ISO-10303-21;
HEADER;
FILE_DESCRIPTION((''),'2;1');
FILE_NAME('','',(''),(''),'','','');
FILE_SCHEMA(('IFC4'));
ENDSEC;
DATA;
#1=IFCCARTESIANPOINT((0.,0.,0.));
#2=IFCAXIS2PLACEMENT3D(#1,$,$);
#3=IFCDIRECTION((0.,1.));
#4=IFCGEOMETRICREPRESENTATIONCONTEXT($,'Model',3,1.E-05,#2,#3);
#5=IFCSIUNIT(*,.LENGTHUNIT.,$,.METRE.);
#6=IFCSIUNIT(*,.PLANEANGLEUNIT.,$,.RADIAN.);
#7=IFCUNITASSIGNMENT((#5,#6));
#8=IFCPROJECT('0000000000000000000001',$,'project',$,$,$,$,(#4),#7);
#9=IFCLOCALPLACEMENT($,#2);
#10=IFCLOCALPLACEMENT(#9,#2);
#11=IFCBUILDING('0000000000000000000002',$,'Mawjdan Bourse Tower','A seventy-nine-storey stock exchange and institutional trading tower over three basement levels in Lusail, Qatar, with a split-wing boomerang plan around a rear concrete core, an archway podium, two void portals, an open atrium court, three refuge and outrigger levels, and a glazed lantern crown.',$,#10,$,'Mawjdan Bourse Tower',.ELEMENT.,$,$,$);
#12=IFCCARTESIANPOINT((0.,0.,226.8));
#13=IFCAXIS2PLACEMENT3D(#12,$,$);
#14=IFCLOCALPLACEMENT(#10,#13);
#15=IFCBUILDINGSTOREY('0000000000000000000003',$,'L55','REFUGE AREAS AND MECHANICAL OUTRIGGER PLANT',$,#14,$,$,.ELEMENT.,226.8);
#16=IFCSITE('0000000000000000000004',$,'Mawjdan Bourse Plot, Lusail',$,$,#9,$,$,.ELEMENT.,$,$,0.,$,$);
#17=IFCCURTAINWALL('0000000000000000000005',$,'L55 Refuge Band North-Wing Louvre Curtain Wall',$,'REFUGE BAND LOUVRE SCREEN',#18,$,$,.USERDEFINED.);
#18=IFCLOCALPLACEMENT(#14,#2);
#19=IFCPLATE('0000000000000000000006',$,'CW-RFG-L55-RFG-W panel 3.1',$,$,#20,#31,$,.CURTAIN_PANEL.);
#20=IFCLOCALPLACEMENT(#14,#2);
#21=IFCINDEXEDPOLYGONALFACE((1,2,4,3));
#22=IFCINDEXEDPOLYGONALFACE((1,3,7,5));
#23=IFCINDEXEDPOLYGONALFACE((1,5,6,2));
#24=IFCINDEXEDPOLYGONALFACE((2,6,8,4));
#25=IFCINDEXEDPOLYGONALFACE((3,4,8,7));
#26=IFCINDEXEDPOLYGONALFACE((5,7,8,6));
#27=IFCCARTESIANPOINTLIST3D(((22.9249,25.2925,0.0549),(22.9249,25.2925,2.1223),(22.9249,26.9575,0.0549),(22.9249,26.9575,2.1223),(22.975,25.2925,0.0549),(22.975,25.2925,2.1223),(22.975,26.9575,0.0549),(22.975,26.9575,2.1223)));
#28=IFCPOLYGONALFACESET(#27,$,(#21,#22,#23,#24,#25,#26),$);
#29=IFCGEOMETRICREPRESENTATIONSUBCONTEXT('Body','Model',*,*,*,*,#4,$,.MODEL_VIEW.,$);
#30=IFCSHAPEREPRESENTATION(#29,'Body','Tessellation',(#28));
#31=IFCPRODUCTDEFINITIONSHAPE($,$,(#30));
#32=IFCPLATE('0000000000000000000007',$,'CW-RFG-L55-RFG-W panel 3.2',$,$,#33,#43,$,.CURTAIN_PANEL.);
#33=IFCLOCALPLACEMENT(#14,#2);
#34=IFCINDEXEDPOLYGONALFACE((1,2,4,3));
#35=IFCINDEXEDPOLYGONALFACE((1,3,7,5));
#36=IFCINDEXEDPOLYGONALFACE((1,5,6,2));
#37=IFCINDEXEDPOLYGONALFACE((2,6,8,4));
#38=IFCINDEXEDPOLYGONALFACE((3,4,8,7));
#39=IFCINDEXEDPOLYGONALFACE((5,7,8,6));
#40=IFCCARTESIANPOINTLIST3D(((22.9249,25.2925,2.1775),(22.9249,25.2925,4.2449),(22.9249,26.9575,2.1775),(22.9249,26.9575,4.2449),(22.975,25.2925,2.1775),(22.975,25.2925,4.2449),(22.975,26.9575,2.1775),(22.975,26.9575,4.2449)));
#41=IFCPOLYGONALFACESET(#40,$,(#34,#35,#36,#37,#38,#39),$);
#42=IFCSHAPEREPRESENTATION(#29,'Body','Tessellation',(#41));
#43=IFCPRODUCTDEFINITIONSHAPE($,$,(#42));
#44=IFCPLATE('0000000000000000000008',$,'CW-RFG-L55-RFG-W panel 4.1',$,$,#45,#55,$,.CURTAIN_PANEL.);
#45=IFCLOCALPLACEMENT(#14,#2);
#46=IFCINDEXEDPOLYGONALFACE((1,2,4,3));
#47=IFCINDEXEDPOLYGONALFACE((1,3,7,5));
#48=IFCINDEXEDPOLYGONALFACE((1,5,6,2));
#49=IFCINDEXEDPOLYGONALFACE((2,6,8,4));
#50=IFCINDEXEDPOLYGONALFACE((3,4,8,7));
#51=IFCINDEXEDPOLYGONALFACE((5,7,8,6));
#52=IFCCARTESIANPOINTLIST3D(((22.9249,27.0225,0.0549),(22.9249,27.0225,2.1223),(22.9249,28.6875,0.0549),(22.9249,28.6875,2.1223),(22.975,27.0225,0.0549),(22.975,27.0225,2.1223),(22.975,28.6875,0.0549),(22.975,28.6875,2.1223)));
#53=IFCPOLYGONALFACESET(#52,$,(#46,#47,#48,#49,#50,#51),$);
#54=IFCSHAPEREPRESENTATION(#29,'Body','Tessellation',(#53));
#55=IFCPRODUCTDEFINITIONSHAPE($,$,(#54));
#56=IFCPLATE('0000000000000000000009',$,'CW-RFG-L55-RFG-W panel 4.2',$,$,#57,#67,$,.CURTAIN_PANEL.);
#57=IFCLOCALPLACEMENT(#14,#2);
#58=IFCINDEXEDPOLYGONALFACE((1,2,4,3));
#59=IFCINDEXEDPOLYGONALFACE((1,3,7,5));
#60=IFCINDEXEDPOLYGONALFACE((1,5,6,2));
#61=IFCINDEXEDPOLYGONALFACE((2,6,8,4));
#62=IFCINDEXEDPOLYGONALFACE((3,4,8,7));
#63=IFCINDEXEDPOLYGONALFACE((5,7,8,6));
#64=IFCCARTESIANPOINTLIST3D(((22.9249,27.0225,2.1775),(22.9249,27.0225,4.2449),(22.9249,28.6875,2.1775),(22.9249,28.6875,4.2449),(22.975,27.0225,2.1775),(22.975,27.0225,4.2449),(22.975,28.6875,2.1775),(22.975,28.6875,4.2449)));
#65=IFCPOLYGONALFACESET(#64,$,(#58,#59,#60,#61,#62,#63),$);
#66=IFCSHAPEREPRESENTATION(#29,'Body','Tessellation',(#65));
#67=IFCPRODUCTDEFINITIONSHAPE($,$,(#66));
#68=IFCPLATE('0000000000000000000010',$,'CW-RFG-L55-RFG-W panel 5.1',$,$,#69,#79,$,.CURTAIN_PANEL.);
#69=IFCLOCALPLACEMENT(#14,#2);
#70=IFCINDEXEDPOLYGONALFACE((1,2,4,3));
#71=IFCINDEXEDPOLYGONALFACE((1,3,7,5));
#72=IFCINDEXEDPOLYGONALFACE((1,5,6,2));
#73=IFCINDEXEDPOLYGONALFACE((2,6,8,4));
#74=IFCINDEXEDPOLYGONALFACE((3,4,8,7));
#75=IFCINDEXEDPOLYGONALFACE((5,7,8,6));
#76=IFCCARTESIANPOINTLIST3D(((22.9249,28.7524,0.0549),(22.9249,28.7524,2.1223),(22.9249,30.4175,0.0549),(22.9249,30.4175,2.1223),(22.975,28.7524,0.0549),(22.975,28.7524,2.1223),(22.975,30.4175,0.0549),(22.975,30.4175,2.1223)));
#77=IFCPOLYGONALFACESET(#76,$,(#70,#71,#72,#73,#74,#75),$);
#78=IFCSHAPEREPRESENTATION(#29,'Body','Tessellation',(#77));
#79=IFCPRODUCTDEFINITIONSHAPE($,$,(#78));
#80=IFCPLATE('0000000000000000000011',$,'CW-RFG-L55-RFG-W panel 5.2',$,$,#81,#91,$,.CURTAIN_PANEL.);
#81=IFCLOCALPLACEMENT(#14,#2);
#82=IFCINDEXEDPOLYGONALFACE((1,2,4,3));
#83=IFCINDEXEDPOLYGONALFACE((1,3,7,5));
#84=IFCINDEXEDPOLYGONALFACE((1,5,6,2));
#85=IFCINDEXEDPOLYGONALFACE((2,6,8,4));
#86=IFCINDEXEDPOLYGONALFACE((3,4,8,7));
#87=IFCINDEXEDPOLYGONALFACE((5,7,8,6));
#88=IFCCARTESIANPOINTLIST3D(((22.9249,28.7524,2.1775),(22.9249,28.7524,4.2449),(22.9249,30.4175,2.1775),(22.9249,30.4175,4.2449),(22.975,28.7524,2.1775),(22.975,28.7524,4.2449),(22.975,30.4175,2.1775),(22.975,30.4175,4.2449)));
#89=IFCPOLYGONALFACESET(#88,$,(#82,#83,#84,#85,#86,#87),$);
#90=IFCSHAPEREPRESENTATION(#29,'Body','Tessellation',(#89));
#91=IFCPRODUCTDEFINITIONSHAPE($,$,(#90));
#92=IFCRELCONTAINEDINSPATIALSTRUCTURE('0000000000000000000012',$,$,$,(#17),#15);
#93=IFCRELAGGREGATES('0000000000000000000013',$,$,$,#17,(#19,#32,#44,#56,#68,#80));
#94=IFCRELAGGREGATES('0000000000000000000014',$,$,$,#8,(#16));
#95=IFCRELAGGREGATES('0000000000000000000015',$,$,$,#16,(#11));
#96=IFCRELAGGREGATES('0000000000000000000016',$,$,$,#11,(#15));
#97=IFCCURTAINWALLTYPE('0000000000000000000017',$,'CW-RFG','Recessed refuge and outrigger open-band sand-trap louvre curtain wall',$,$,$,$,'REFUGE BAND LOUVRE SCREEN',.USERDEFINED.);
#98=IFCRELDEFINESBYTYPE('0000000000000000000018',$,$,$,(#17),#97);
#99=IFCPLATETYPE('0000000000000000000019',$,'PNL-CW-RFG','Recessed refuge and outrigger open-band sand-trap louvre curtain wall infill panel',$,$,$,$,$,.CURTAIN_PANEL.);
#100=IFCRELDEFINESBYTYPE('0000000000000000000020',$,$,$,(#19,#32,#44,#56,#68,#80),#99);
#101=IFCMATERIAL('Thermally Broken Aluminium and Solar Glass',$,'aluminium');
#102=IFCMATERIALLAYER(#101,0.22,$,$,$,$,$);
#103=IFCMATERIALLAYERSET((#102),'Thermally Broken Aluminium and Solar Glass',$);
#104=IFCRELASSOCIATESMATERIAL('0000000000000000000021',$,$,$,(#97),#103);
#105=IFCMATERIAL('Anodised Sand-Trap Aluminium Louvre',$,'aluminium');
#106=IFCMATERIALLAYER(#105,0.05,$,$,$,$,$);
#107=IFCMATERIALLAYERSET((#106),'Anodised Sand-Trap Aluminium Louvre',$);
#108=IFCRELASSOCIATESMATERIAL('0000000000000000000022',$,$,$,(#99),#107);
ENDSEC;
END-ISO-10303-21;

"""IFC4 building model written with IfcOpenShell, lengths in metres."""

from ifc_helpers import new_model, si_unit, direction, frame, origin, origin_2d, place, context, subcontext, project, spatial, rectangle, extrude, material, layer, layer_set, type_object, element, aggregate, save


model = new_model("IFC4")

# Units and contexts
model_context = context("Model", 3, precision=1e-05, world=origin(), true_north=direction((0.0, 1.0)))
body_context = subcontext(model_context, "Body", "Model", "MODEL_VIEW")
ifc_project = project(units=[si_unit("LENGTHUNIT", "METRE"), si_unit("PLANEANGLEUNIT", "RADIAN")], contexts=[model_context])

# Site, building, storey
site_placement = place(None, origin())
site = spatial("IfcSite", under=ifc_project, at=site_placement, Name="Mawjdan Bourse Plot, Lusail", CompositionType="ELEMENT", RefElevation=0.0)
building_placement = place(site_placement, origin())
building = spatial("IfcBuilding", under=site, at=building_placement, Name="Mawjdan Bourse Tower", Description="A seventy-nine-storey stock exchange and institutional trading tower over three basement levels in Lusail, Qatar, with a split-wing boomerang plan around a rear concrete core, an archway podium, two void portals, an open atrium court, three refuge and outrigger levels, and a glazed lantern crown.", LongName="Mawjdan Bourse Tower", CompositionType="ELEMENT")
storey_placement = place(building_placement, frame((0.0, 0.0, 226.8)))
storey = spatial("IfcBuildingStorey", under=building, at=storey_placement, Name="L55", Description="REFUGE AREAS AND MECHANICAL OUTRIGGER PLANT", CompositionType="ELEMENT", Elevation=226.8)

# Curtain wall
ifc_material_1 = material(Name="Thermally Broken Aluminium and Solar Glass", Category="aluminium")
ifc_layer_1 = layer(ifc_material_1, 0.22)
ifc_layer_set_1 = layer_set([ifc_layer_1], Name="Thermally Broken Aluminium and Solar Glass")
curtain_wall_type = type_object("IfcCurtainWallType", Name="CW-RFG", Description="Recessed refuge and outrigger open-band sand-trap louvre curtain wall", ElementType="REFUGE BAND LOUVRE SCREEN", PredefinedType="USERDEFINED", material=ifc_layer_set_1)
curtain_wall_placement = place(storey_placement, origin())
curtain_wall = element("IfcCurtainWall", 1, at=curtain_wall_placement, inside=storey, type_object=curtain_wall_type, Name="L55 Refuge Band North-Wing Louvre Curtain Wall", ObjectType="REFUGE BAND LOUVRE SCREEN", PredefinedType="USERDEFINED")

# Plates
ifc_material_2 = material(Name="Anodised Sand-Trap Aluminium Louvre", Category="aluminium")
ifc_layer_2 = layer(ifc_material_2, 0.05)
ifc_layer_set_2 = layer_set([ifc_layer_2], Name="Anodised Sand-Trap Aluminium Louvre")
plate_type = type_object("IfcPlateType", Name="PNL-CW-RFG", Description="Recessed refuge and outrigger open-band sand-trap louvre curtain wall infill panel", PredefinedType="CURTAIN_PANEL", material=ifc_layer_set_2)
plate_1_placement = place(storey_placement, frame((22.95, 26.125, 0.0549), z_axis=(0.0, 0.0, 1.0), x_axis=(0.0, 1.0, 0.0)))
plate_1 = element("IfcPlate", 2, at=plate_1_placement, type_object=plate_type, Name="CW-RFG-L55-RFG-W panel 3.1", PredefinedType="CURTAIN_PANEL", context=body_context, shape_type="SweptSolid", body=[
    extrude(rectangle(XDim=1.665, YDim=0.05, at=origin_2d()), origin(), (0.0, 0.0, 1.0), 2.0674),
])
plate_2_placement = place(storey_placement, frame((22.95, 26.125, 2.1775), z_axis=(0.0, 0.0, 1.0), x_axis=(0.0, 1.0, 0.0)))
plate_2 = element("IfcPlate", 3, at=plate_2_placement, type_object=plate_type, Name="CW-RFG-L55-RFG-W panel 3.2", PredefinedType="CURTAIN_PANEL", context=body_context, shape_type="SweptSolid", body=[
    extrude(rectangle(XDim=1.665, YDim=0.05, at=origin_2d()), origin(), (0.0, 0.0, 1.0), 2.0674),
])
plate_3_placement = place(storey_placement, frame((22.95, 27.855, 0.0549), z_axis=(0.0, 0.0, 1.0), x_axis=(0.0, 1.0, 0.0)))
plate_3 = element("IfcPlate", 4, at=plate_3_placement, type_object=plate_type, Name="CW-RFG-L55-RFG-W panel 4.1", PredefinedType="CURTAIN_PANEL", context=body_context, shape_type="SweptSolid", body=[
    extrude(rectangle(XDim=1.665, YDim=0.05, at=origin_2d()), origin(), (0.0, 0.0, 1.0), 2.0674),
])
plate_4_placement = place(storey_placement, frame((22.95, 27.855, 2.1775), z_axis=(0.0, 0.0, 1.0), x_axis=(0.0, 1.0, 0.0)))
plate_4 = element("IfcPlate", 5, at=plate_4_placement, type_object=plate_type, Name="CW-RFG-L55-RFG-W panel 4.2", PredefinedType="CURTAIN_PANEL", context=body_context, shape_type="SweptSolid", body=[
    extrude(rectangle(XDim=1.665, YDim=0.05, at=origin_2d()), origin(), (0.0, 0.0, 1.0), 2.0674),
])
plate_5_placement = place(storey_placement, frame((22.95, 29.585, 0.0549), z_axis=(0.0, 0.0, 1.0), x_axis=(0.0, 1.0, 0.0)))
plate_5 = element("IfcPlate", 6, at=plate_5_placement, type_object=plate_type, Name="CW-RFG-L55-RFG-W panel 5.1", PredefinedType="CURTAIN_PANEL", context=body_context, shape_type="SweptSolid", body=[
    extrude(rectangle(XDim=1.665, YDim=0.05, at=origin_2d()), origin(), (0.0, 0.0, 1.0), 2.0674),
])
plate_6_placement = place(storey_placement, frame((22.95, 29.585, 2.1775), z_axis=(0.0, 0.0, 1.0), x_axis=(0.0, 1.0, 0.0)))
plate_6 = element("IfcPlate", 7, at=plate_6_placement, type_object=plate_type, Name="CW-RFG-L55-RFG-W panel 5.2", PredefinedType="CURTAIN_PANEL", context=body_context, shape_type="SweptSolid", body=[
    extrude(rectangle(XDim=1.665, YDim=0.05, at=origin_2d()), origin(), (0.0, 0.0, 1.0), 2.0674),
])
aggregate(curtain_wall, [plate_1, plate_2, plate_3, plate_4, plate_5, plate_6])

save(model, "model.ifc")
